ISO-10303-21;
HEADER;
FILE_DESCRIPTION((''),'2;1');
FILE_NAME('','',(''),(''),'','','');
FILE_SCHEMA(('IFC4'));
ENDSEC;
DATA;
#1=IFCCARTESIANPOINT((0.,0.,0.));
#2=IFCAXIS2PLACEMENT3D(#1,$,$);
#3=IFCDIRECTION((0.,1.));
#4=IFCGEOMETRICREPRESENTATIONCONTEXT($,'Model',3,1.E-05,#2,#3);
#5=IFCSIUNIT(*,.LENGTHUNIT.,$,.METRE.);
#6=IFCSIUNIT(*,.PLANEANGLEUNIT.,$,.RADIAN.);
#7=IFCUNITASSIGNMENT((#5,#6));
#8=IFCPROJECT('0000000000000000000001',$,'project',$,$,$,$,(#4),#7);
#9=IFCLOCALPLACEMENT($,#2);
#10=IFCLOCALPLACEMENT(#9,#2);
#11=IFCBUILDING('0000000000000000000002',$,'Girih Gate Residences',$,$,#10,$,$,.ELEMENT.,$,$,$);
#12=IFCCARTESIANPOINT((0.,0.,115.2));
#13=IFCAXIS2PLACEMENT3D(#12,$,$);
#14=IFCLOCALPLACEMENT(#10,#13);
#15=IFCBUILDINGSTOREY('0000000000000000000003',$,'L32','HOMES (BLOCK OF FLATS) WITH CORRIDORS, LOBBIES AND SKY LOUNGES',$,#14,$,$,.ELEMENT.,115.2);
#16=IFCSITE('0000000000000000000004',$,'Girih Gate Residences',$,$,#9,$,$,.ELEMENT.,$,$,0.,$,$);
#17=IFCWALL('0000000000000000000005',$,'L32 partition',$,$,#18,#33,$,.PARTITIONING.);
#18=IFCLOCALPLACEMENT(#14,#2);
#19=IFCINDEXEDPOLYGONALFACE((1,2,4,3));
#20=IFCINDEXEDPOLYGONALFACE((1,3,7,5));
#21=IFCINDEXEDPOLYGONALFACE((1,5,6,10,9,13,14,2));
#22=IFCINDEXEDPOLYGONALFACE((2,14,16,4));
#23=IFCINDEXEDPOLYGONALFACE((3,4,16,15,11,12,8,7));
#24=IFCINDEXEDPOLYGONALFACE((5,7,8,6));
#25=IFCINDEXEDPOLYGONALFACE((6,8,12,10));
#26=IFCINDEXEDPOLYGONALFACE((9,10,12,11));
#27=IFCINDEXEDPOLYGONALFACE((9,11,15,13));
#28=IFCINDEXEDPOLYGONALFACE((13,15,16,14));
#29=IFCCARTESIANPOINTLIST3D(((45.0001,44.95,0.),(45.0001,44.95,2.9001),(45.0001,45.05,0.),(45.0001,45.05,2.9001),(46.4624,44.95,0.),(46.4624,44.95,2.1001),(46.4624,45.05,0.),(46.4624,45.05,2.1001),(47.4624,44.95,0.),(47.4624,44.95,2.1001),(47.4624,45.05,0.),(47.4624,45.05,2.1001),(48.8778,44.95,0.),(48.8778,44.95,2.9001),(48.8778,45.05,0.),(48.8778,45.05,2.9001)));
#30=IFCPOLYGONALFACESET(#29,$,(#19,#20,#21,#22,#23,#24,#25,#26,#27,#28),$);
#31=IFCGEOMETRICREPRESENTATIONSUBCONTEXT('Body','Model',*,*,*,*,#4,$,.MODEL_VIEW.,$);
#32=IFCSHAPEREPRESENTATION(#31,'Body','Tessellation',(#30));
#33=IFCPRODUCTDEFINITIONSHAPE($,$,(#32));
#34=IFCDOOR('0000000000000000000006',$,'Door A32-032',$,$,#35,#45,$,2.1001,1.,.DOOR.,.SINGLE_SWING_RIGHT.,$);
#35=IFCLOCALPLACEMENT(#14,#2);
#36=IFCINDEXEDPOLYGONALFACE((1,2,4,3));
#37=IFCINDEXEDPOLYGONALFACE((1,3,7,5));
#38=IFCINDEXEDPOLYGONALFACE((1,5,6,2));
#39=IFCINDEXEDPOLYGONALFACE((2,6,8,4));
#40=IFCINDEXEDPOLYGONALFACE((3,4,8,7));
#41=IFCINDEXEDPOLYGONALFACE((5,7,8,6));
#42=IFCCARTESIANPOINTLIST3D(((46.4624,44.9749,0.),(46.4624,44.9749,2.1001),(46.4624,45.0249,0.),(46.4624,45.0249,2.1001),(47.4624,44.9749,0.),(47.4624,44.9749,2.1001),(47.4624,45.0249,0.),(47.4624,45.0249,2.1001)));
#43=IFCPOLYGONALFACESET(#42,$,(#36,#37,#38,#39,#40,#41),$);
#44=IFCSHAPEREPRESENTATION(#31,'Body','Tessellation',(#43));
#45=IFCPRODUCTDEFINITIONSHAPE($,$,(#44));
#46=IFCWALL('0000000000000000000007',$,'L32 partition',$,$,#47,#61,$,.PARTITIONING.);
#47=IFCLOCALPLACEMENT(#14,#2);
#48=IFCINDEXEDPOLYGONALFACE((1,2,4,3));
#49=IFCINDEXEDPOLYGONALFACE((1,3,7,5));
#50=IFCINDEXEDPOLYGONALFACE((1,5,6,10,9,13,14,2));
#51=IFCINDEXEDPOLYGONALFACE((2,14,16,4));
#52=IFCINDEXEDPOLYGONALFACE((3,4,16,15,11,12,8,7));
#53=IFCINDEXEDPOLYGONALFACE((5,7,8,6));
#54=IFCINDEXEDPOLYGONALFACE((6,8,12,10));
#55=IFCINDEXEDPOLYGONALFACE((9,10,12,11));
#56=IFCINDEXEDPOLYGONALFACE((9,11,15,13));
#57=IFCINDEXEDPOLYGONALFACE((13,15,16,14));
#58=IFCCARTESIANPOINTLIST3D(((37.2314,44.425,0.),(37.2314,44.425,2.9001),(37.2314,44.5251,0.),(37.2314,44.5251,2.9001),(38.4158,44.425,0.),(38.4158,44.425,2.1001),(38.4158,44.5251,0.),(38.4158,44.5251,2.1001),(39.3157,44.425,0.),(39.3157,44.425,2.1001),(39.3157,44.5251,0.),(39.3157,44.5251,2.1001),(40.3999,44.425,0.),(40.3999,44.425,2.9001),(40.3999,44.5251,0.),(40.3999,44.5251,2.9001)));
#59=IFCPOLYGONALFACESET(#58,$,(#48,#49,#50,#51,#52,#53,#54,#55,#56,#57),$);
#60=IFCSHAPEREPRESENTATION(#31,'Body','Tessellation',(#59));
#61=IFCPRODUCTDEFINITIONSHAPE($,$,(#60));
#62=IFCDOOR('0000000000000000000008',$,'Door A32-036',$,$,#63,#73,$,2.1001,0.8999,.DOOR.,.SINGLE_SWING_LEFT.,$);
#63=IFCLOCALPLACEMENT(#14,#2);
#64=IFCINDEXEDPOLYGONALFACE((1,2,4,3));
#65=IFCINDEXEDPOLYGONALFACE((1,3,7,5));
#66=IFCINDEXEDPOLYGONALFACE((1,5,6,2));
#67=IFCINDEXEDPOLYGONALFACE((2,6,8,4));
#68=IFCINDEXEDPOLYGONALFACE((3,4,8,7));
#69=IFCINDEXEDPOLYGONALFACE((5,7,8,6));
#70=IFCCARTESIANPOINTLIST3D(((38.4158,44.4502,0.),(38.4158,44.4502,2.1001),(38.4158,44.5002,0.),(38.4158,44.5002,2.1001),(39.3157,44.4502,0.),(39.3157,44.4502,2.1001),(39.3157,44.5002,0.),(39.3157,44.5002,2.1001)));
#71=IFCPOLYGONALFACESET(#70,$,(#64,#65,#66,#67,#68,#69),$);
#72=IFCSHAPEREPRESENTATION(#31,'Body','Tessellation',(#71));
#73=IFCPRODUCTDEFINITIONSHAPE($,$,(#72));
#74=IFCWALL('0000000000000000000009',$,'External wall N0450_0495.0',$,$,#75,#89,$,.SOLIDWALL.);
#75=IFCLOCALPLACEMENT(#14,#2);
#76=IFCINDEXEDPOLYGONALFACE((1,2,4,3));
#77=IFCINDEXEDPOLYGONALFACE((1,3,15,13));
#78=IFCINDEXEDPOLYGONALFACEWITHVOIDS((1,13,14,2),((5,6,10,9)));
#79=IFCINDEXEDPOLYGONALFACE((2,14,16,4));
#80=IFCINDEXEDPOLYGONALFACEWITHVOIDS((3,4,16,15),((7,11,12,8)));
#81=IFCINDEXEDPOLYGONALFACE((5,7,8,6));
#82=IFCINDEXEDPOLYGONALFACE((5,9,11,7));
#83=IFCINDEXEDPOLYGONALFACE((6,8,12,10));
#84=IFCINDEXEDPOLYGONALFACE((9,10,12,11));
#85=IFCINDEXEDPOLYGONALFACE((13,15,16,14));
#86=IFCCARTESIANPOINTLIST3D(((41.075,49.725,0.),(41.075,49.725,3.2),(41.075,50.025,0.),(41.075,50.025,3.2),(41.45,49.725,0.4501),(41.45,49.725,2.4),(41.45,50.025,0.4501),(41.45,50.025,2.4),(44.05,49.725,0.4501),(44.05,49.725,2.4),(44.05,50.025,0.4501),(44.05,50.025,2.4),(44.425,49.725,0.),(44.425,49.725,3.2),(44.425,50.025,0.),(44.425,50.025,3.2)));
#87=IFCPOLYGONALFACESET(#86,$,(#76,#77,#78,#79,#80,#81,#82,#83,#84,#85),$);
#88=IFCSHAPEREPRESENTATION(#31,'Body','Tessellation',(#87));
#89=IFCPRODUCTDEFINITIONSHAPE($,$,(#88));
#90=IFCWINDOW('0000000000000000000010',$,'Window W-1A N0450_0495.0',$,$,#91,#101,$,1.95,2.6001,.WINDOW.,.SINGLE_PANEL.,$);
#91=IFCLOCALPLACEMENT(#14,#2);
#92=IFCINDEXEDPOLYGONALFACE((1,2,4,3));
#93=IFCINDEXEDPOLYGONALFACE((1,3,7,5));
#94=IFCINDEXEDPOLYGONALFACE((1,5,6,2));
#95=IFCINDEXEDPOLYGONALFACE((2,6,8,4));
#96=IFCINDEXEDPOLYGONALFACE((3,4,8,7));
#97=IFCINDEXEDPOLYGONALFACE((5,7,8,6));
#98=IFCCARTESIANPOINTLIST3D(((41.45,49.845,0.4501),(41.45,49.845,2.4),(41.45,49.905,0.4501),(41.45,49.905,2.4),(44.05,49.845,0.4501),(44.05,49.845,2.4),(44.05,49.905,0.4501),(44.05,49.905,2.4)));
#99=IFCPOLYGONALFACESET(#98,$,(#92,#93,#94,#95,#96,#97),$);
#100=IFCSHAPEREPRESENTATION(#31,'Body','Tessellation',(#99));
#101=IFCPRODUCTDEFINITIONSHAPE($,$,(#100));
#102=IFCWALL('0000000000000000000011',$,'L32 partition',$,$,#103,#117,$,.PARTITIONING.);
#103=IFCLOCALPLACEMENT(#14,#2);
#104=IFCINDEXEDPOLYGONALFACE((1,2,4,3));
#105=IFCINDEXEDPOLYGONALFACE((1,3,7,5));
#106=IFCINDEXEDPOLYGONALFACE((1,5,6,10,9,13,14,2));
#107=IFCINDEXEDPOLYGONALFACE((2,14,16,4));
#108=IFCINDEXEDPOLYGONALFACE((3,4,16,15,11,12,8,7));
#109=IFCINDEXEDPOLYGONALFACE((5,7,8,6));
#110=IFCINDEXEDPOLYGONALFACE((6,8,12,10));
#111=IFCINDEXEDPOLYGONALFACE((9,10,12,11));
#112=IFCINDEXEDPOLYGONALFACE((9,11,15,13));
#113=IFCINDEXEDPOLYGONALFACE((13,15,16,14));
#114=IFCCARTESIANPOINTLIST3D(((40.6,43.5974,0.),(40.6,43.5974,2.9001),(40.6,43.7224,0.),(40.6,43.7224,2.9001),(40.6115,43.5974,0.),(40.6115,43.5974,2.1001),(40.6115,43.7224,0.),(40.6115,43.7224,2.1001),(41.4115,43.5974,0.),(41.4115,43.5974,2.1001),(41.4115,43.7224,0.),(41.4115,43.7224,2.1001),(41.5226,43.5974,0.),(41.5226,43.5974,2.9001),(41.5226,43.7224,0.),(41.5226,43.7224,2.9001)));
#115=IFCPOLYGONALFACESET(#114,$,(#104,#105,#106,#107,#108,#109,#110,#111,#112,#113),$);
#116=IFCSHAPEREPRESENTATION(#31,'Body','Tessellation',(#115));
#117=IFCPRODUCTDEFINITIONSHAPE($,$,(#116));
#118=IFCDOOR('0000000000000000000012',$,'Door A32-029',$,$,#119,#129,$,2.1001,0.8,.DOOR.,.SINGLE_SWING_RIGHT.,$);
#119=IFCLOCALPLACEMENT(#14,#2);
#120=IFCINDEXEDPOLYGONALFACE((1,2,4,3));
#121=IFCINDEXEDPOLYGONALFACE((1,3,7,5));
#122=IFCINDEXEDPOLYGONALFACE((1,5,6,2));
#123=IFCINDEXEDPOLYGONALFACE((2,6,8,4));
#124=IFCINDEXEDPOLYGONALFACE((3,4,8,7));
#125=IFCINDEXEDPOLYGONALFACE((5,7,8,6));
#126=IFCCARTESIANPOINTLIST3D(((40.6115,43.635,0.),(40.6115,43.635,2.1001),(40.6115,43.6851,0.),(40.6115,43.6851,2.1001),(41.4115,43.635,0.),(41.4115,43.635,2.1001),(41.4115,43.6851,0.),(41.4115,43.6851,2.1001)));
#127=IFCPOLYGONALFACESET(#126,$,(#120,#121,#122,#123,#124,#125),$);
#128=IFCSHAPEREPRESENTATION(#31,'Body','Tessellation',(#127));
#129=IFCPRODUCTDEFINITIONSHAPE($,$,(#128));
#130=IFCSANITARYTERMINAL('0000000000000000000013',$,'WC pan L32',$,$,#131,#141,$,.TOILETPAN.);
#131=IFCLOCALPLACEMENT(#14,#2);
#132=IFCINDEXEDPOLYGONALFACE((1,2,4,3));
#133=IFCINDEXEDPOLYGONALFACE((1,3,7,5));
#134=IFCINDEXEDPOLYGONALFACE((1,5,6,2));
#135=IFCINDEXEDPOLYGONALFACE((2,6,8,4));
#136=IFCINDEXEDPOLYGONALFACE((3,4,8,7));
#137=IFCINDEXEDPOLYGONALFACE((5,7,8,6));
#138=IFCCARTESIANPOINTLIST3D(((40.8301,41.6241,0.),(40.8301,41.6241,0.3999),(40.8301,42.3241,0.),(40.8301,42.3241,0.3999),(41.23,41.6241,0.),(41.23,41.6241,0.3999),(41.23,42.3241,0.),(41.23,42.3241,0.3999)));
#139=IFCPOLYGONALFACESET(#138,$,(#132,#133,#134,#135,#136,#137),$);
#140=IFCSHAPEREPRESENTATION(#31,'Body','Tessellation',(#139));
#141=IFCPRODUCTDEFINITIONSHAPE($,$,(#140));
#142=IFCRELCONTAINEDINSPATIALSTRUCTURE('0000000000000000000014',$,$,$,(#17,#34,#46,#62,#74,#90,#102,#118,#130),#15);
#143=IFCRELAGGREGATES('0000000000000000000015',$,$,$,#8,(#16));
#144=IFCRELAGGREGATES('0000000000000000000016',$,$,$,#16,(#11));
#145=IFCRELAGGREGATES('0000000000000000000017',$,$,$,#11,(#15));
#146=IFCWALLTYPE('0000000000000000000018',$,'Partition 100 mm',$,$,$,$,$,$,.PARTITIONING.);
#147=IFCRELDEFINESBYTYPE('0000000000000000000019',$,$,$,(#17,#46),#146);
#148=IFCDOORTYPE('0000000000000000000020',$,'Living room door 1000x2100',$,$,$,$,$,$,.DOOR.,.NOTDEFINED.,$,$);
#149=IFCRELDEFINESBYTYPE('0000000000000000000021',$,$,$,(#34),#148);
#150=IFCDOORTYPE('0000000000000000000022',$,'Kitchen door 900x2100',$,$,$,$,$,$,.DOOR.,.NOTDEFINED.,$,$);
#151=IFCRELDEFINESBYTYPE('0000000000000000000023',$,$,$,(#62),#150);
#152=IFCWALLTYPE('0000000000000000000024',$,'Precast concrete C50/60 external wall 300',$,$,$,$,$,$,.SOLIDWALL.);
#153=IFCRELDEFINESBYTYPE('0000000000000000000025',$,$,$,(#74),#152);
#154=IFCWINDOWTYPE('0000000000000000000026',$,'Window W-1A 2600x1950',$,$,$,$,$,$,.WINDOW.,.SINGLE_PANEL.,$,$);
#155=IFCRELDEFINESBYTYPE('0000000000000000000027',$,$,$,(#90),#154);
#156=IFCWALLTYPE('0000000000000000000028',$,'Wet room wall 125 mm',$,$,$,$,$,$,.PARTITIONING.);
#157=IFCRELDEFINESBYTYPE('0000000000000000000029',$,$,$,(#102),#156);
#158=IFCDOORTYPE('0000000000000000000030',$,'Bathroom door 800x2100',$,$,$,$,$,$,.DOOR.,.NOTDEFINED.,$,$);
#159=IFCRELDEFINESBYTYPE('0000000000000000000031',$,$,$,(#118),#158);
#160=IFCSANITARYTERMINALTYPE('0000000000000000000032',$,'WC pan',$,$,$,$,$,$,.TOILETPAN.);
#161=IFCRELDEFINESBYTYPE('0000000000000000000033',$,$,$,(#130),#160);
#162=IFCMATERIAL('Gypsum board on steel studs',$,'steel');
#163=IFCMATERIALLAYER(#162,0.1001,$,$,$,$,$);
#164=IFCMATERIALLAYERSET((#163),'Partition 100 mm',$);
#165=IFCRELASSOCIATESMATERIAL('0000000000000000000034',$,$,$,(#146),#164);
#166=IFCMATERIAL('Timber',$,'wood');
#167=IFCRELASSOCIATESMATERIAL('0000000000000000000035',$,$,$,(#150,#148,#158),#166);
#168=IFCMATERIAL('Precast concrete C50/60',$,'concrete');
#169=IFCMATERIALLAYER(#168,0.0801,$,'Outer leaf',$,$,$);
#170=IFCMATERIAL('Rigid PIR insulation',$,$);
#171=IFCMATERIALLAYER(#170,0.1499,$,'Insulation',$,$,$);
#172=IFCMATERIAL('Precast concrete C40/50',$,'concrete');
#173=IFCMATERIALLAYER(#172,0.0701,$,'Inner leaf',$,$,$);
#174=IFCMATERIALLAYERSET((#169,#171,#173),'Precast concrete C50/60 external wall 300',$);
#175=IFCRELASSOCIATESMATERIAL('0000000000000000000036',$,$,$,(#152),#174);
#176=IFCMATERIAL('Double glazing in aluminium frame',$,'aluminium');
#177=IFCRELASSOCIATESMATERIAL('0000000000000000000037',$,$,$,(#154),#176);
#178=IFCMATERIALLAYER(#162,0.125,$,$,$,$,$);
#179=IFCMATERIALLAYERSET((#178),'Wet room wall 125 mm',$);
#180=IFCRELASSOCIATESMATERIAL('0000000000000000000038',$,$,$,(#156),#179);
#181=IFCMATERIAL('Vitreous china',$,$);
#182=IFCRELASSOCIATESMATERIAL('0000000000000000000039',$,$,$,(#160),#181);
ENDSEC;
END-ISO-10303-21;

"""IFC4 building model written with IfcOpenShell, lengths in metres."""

from ifc_helpers import new_model, si_unit, direction, frame, frame_2d, origin, origin_2d, place, context, subcontext, project, spatial, rectangle, extrude, material, layer, layer_set, type_object, element, fill, save


model = new_model("IFC4")

# Units and contexts
model_context = context("Model", 3, precision=1e-05, world=origin(), true_north=direction((0.0, 1.0)))
body_context = subcontext(model_context, "Body", "Model", "MODEL_VIEW")
ifc_project = project(units=[si_unit("LENGTHUNIT", "METRE"), si_unit("PLANEANGLEUNIT", "RADIAN")], contexts=[model_context])

# Site, building, storey
site_placement = place(None, origin())
site = spatial("IfcSite", under=ifc_project, at=site_placement, Name="Girih Gate Residences", CompositionType="ELEMENT", RefElevation=0.0)
building_placement = place(site_placement, origin())
building = spatial("IfcBuilding", under=site, at=building_placement, Name="Girih Gate Residences", CompositionType="ELEMENT")
storey_placement = place(building_placement, frame((0.0, 0.0, 115.2)))
storey = spatial("IfcBuildingStorey", under=building, at=storey_placement, Name="L32", Description="HOMES (BLOCK OF FLATS) WITH CORRIDORS, LOBBIES AND SKY LOUNGES", CompositionType="ELEMENT", Elevation=115.2)

# Shared definitions
ifc_material_1 = material(Name="Gypsum board on steel studs", Category="steel")
ifc_layer_1 = layer(ifc_material_1, 0.1001)
ifc_layer_set_1 = layer_set([ifc_layer_1], Name="Partition 100 mm")
wall_type_1 = type_object("IfcWallType", Name="Partition 100 mm", PredefinedType="PARTITIONING", material=ifc_layer_set_1)
ifc_material_2 = material(Name="Timber", Category="wood")

# Walls, openings, doors
door_type_1 = type_object("IfcDoorType", Name="Kitchen door 900x2100", OperationType="NOTDEFINED", PredefinedType="DOOR", material=ifc_material_2)
wall_1_placement = place(storey_placement, frame((45.0, 45.0, 0.0), z_axis=(0.0, 0.0, 1.0), x_axis=(1.0, 0.0, 0.0)))
wall_1 = element("IfcWall", 1, at=wall_1_placement, inside=storey, type_object=wall_type_1, Name="L32 partition", PredefinedType="PARTITIONING", context=body_context, shape_type="SweptSolid", body=[
    extrude(rectangle(XDim=3.8777, YDim=0.1001, at=frame_2d((1.939, 0.0))), origin(), (0.0, 0.0, 1.0), 2.9001),
])
opening_1_placement = place(wall_1_placement, frame((1.4624, 0.0, 0.0)))
opening_1 = element("IfcOpeningElement", 2, at=opening_1_placement, cuts=wall_1, PredefinedType="OPENING", context=body_context, shape_type="SweptSolid", body=[
    extrude(rectangle(XDim=1.0, YDim=2.1001, at=frame_2d((0.5, 1.05))), frame((0.0, 0.0601, 0.0), z_axis=(0.0, -1.0, 0.0), x_axis=(1.0, 0.0, 0.0)), (0.0, 0.0, 1.0), 0.1201),
])
door_type_2 = type_object("IfcDoorType", Name="Living room door 1000x2100", OperationType="NOTDEFINED", PredefinedType="DOOR", material=ifc_material_2)
door_1_placement = place(opening_1_placement, origin())
door_1 = element("IfcDoor", 3, at=door_1_placement, inside=storey, type_object=door_type_2, Name="Door A32-032", OperationType="SINGLE_SWING_RIGHT", OverallHeight=2.1001, OverallWidth=1.0, PredefinedType="DOOR", context=body_context, shape_type="SweptSolid", body=[
    extrude(rectangle(XDim=1.0, YDim=2.1001, at=frame_2d((0.5, 1.05))), frame((0.0, 0.0249, 0.0), z_axis=(0.0, -1.0, 0.0), x_axis=(1.0, 0.0, 0.0)), (0.0, 0.0, 1.0), 0.05),
])
fill(opening_1, door_1)
wall_2_placement = place(storey_placement, frame((40.3999, 44.4751, 0.0), z_axis=(0.0, 0.0, 1.0), x_axis=(-1.0, 0.0, 0.0)))
wall_2 = element("IfcWall", 4, at=wall_2_placement, inside=storey, type_object=wall_type_1, Name="L32 partition", PredefinedType="PARTITIONING", context=body_context, shape_type="SweptSolid", body=[
    extrude(rectangle(XDim=3.1685, YDim=0.1001, at=frame_2d((1.5842, 0.0))), origin(), (0.0, 0.0, 1.0), 2.9001),
])
opening_2_placement = place(wall_2_placement, frame((1.0842, 0.0, 0.0)))
opening_2 = element("IfcOpeningElement", 5, at=opening_2_placement, cuts=wall_2, PredefinedType="OPENING", context=body_context, shape_type="SweptSolid", body=[
    extrude(rectangle(XDim=0.8999, YDim=2.1001, at=frame_2d((0.45, 1.05))), frame((0.0, 0.0601, 0.0), z_axis=(0.0, -1.0, 0.0), x_axis=(1.0, 0.0, 0.0)), (0.0, 0.0, 1.0), 0.1201),
])
door_2_placement = place(opening_2_placement, origin())
door_2 = element("IfcDoor", 6, at=door_2_placement, inside=storey, type_object=door_type_1, Name="Door A32-036", OperationType="SINGLE_SWING_LEFT", OverallHeight=2.1001, OverallWidth=0.8999, PredefinedType="DOOR", context=body_context, shape_type="SweptSolid", body=[
    extrude(rectangle(XDim=0.8999, YDim=2.1001, at=frame_2d((0.45, 1.05))), frame((0.0, 0.0249, 0.0), z_axis=(0.0, -1.0, 0.0), x_axis=(1.0, 0.0, 0.0)), (0.0, 0.0, 1.0), 0.05),
])
fill(opening_2, door_2)

# Wall, opening, window
ifc_material_3 = material(Name="Precast concrete C50/60", Category="concrete")
ifc_layer_2 = layer(ifc_material_3, 0.0801, Name="Outer leaf")
ifc_material_4 = material(Name="Rigid PIR insulation")
ifc_layer_3 = layer(ifc_material_4, 0.1499, Name="Insulation")
ifc_material_5 = material(Name="Precast concrete C40/50", Category="concrete")
ifc_layer_4 = layer(ifc_material_5, 0.0701, Name="Inner leaf")
ifc_layer_set_2 = layer_set([ifc_layer_2, ifc_layer_3, ifc_layer_4], Name="Precast concrete C50/60 external wall 300")
wall_type_2 = type_object("IfcWallType", Name="Precast concrete C50/60 external wall 300", PredefinedType="SOLIDWALL", material=ifc_layer_set_2)
wall_3_placement = place(storey_placement, frame((41.075, 49.875, 0.0), z_axis=(0.0, 0.0, 1.0), x_axis=(1.0, 0.0, 0.0)))
wall_3 = element("IfcWall", 7, at=wall_3_placement, inside=storey, type_object=wall_type_2, Name="External wall N0450_0495.0", PredefinedType="SOLIDWALL", context=body_context, shape_type="SweptSolid", body=[
    extrude(rectangle(XDim=3.3501, YDim=0.3, at=frame_2d((1.675, 0.0))), origin(), (0.0, 0.0, 1.0), 3.2),
])
opening_3_placement = place(wall_3_placement, frame((0.375, 0.0, 0.45)))
opening_3 = element("IfcOpeningElement", 8, at=opening_3_placement, cuts=wall_3, PredefinedType="OPENING", context=body_context, shape_type="SweptSolid", body=[
    extrude(rectangle(XDim=2.6001, YDim=1.95, at=frame_2d((1.3, 0.9751))), frame((0.0, 0.1599, 0.0), z_axis=(0.0, -1.0, 0.0), x_axis=(1.0, 0.0, 0.0)), (0.0, 0.0, 1.0), 0.3201),
])
ifc_material_6 = material(Name="Double glazing in aluminium frame", Category="aluminium")
window_type = type_object("IfcWindowType", Name="Window W-1A 2600x1950", PartitioningType="SINGLE_PANEL", PredefinedType="WINDOW", material=ifc_material_6)
window_placement = place(opening_3_placement, origin())
window = element("IfcWindow", 9, at=window_placement, inside=storey, type_object=window_type, Name="Window W-1A N0450_0495.0", OverallHeight=1.95, OverallWidth=2.6001, PartitioningType="SINGLE_PANEL", PredefinedType="WINDOW", context=body_context, shape_type="SweptSolid", body=[
    extrude(rectangle(XDim=2.6001, YDim=1.95, at=frame_2d((1.3, 0.9751))), frame((0.0, 0.03, 0.0), z_axis=(0.0, -1.0, 0.0), x_axis=(1.0, 0.0, 0.0)), (0.0, 0.0, 1.0), 0.0601),
])
fill(opening_3, window)

# Wall, opening, door
ifc_layer_5 = layer(ifc_material_1, 0.125)
ifc_layer_set_3 = layer_set([ifc_layer_5], Name="Wet room wall 125 mm")
wall_type_3 = type_object("IfcWallType", Name="Wet room wall 125 mm", PredefinedType="PARTITIONING", material=ifc_layer_set_3)
wall_4_placement = place(storey_placement, frame((41.5227, 43.6599, 0.0), z_axis=(0.0, 0.0, 1.0), x_axis=(-1.0, 0.0, 0.0)))
wall_4 = element("IfcWall", 10, at=wall_4_placement, inside=storey, type_object=wall_type_3, Name="L32 partition", PredefinedType="PARTITIONING", context=body_context, shape_type="SweptSolid", body=[
    extrude(rectangle(XDim=0.9226, YDim=0.125, at=frame_2d((0.4614, 0.0))), origin(), (0.0, 0.0, 1.0), 2.9001),
])
opening_4_placement = place(wall_4_placement, frame((0.1113, 0.0, 0.0)))
opening_4 = element("IfcOpeningElement", 11, at=opening_4_placement, cuts=wall_4, PredefinedType="OPENING", context=body_context, shape_type="SweptSolid", body=[
    extrude(rectangle(XDim=0.8, YDim=2.1001, at=frame_2d((0.3999, 1.05))), frame((0.0, 0.0725, 0.0), z_axis=(0.0, -1.0, 0.0), x_axis=(1.0, 0.0, 0.0)), (0.0, 0.0, 1.0), 0.145),
])
door_type_3 = type_object("IfcDoorType", Name="Bathroom door 800x2100", OperationType="NOTDEFINED", PredefinedType="DOOR", material=ifc_material_2)
door_3_placement = place(opening_4_placement, origin())
door_3 = element("IfcDoor", 12, at=door_3_placement, inside=storey, type_object=door_type_3, Name="Door A32-029", OperationType="SINGLE_SWING_RIGHT", OverallHeight=2.1001, OverallWidth=0.8, PredefinedType="DOOR", context=body_context, shape_type="SweptSolid", body=[
    extrude(rectangle(XDim=0.8, YDim=2.1001, at=frame_2d((0.3999, 1.05))), frame((0.0, 0.0249, 0.0), z_axis=(0.0, -1.0, 0.0), x_axis=(1.0, 0.0, 0.0)), (0.0, 0.0, 1.0), 0.05),
])
fill(opening_4, door_3)

# Sanitary terminal
ifc_material_7 = material(Name="Vitreous china")
sanitary_terminal_type = type_object("IfcSanitaryTerminalType", Name="WC pan", PredefinedType="TOILETPAN", material=ifc_material_7)
sanitary_terminal_placement = place(storey_placement, frame((41.03, 41.9741, 0.0), z_axis=(0.0, 0.0, 1.0), x_axis=(1.0, 0.0, 0.0)))
element("IfcSanitaryTerminal", 13, at=sanitary_terminal_placement, inside=storey, type_object=sanitary_terminal_type, Name="WC pan L32", PredefinedType="TOILETPAN", context=body_context, shape_type="SweptSolid", body=[
    extrude(rectangle(XDim=0.3999, YDim=0.7, at=origin_2d()), origin(), (0.0, 0.0, 1.0), 0.3999),
])

save(model, "model.ifc")
